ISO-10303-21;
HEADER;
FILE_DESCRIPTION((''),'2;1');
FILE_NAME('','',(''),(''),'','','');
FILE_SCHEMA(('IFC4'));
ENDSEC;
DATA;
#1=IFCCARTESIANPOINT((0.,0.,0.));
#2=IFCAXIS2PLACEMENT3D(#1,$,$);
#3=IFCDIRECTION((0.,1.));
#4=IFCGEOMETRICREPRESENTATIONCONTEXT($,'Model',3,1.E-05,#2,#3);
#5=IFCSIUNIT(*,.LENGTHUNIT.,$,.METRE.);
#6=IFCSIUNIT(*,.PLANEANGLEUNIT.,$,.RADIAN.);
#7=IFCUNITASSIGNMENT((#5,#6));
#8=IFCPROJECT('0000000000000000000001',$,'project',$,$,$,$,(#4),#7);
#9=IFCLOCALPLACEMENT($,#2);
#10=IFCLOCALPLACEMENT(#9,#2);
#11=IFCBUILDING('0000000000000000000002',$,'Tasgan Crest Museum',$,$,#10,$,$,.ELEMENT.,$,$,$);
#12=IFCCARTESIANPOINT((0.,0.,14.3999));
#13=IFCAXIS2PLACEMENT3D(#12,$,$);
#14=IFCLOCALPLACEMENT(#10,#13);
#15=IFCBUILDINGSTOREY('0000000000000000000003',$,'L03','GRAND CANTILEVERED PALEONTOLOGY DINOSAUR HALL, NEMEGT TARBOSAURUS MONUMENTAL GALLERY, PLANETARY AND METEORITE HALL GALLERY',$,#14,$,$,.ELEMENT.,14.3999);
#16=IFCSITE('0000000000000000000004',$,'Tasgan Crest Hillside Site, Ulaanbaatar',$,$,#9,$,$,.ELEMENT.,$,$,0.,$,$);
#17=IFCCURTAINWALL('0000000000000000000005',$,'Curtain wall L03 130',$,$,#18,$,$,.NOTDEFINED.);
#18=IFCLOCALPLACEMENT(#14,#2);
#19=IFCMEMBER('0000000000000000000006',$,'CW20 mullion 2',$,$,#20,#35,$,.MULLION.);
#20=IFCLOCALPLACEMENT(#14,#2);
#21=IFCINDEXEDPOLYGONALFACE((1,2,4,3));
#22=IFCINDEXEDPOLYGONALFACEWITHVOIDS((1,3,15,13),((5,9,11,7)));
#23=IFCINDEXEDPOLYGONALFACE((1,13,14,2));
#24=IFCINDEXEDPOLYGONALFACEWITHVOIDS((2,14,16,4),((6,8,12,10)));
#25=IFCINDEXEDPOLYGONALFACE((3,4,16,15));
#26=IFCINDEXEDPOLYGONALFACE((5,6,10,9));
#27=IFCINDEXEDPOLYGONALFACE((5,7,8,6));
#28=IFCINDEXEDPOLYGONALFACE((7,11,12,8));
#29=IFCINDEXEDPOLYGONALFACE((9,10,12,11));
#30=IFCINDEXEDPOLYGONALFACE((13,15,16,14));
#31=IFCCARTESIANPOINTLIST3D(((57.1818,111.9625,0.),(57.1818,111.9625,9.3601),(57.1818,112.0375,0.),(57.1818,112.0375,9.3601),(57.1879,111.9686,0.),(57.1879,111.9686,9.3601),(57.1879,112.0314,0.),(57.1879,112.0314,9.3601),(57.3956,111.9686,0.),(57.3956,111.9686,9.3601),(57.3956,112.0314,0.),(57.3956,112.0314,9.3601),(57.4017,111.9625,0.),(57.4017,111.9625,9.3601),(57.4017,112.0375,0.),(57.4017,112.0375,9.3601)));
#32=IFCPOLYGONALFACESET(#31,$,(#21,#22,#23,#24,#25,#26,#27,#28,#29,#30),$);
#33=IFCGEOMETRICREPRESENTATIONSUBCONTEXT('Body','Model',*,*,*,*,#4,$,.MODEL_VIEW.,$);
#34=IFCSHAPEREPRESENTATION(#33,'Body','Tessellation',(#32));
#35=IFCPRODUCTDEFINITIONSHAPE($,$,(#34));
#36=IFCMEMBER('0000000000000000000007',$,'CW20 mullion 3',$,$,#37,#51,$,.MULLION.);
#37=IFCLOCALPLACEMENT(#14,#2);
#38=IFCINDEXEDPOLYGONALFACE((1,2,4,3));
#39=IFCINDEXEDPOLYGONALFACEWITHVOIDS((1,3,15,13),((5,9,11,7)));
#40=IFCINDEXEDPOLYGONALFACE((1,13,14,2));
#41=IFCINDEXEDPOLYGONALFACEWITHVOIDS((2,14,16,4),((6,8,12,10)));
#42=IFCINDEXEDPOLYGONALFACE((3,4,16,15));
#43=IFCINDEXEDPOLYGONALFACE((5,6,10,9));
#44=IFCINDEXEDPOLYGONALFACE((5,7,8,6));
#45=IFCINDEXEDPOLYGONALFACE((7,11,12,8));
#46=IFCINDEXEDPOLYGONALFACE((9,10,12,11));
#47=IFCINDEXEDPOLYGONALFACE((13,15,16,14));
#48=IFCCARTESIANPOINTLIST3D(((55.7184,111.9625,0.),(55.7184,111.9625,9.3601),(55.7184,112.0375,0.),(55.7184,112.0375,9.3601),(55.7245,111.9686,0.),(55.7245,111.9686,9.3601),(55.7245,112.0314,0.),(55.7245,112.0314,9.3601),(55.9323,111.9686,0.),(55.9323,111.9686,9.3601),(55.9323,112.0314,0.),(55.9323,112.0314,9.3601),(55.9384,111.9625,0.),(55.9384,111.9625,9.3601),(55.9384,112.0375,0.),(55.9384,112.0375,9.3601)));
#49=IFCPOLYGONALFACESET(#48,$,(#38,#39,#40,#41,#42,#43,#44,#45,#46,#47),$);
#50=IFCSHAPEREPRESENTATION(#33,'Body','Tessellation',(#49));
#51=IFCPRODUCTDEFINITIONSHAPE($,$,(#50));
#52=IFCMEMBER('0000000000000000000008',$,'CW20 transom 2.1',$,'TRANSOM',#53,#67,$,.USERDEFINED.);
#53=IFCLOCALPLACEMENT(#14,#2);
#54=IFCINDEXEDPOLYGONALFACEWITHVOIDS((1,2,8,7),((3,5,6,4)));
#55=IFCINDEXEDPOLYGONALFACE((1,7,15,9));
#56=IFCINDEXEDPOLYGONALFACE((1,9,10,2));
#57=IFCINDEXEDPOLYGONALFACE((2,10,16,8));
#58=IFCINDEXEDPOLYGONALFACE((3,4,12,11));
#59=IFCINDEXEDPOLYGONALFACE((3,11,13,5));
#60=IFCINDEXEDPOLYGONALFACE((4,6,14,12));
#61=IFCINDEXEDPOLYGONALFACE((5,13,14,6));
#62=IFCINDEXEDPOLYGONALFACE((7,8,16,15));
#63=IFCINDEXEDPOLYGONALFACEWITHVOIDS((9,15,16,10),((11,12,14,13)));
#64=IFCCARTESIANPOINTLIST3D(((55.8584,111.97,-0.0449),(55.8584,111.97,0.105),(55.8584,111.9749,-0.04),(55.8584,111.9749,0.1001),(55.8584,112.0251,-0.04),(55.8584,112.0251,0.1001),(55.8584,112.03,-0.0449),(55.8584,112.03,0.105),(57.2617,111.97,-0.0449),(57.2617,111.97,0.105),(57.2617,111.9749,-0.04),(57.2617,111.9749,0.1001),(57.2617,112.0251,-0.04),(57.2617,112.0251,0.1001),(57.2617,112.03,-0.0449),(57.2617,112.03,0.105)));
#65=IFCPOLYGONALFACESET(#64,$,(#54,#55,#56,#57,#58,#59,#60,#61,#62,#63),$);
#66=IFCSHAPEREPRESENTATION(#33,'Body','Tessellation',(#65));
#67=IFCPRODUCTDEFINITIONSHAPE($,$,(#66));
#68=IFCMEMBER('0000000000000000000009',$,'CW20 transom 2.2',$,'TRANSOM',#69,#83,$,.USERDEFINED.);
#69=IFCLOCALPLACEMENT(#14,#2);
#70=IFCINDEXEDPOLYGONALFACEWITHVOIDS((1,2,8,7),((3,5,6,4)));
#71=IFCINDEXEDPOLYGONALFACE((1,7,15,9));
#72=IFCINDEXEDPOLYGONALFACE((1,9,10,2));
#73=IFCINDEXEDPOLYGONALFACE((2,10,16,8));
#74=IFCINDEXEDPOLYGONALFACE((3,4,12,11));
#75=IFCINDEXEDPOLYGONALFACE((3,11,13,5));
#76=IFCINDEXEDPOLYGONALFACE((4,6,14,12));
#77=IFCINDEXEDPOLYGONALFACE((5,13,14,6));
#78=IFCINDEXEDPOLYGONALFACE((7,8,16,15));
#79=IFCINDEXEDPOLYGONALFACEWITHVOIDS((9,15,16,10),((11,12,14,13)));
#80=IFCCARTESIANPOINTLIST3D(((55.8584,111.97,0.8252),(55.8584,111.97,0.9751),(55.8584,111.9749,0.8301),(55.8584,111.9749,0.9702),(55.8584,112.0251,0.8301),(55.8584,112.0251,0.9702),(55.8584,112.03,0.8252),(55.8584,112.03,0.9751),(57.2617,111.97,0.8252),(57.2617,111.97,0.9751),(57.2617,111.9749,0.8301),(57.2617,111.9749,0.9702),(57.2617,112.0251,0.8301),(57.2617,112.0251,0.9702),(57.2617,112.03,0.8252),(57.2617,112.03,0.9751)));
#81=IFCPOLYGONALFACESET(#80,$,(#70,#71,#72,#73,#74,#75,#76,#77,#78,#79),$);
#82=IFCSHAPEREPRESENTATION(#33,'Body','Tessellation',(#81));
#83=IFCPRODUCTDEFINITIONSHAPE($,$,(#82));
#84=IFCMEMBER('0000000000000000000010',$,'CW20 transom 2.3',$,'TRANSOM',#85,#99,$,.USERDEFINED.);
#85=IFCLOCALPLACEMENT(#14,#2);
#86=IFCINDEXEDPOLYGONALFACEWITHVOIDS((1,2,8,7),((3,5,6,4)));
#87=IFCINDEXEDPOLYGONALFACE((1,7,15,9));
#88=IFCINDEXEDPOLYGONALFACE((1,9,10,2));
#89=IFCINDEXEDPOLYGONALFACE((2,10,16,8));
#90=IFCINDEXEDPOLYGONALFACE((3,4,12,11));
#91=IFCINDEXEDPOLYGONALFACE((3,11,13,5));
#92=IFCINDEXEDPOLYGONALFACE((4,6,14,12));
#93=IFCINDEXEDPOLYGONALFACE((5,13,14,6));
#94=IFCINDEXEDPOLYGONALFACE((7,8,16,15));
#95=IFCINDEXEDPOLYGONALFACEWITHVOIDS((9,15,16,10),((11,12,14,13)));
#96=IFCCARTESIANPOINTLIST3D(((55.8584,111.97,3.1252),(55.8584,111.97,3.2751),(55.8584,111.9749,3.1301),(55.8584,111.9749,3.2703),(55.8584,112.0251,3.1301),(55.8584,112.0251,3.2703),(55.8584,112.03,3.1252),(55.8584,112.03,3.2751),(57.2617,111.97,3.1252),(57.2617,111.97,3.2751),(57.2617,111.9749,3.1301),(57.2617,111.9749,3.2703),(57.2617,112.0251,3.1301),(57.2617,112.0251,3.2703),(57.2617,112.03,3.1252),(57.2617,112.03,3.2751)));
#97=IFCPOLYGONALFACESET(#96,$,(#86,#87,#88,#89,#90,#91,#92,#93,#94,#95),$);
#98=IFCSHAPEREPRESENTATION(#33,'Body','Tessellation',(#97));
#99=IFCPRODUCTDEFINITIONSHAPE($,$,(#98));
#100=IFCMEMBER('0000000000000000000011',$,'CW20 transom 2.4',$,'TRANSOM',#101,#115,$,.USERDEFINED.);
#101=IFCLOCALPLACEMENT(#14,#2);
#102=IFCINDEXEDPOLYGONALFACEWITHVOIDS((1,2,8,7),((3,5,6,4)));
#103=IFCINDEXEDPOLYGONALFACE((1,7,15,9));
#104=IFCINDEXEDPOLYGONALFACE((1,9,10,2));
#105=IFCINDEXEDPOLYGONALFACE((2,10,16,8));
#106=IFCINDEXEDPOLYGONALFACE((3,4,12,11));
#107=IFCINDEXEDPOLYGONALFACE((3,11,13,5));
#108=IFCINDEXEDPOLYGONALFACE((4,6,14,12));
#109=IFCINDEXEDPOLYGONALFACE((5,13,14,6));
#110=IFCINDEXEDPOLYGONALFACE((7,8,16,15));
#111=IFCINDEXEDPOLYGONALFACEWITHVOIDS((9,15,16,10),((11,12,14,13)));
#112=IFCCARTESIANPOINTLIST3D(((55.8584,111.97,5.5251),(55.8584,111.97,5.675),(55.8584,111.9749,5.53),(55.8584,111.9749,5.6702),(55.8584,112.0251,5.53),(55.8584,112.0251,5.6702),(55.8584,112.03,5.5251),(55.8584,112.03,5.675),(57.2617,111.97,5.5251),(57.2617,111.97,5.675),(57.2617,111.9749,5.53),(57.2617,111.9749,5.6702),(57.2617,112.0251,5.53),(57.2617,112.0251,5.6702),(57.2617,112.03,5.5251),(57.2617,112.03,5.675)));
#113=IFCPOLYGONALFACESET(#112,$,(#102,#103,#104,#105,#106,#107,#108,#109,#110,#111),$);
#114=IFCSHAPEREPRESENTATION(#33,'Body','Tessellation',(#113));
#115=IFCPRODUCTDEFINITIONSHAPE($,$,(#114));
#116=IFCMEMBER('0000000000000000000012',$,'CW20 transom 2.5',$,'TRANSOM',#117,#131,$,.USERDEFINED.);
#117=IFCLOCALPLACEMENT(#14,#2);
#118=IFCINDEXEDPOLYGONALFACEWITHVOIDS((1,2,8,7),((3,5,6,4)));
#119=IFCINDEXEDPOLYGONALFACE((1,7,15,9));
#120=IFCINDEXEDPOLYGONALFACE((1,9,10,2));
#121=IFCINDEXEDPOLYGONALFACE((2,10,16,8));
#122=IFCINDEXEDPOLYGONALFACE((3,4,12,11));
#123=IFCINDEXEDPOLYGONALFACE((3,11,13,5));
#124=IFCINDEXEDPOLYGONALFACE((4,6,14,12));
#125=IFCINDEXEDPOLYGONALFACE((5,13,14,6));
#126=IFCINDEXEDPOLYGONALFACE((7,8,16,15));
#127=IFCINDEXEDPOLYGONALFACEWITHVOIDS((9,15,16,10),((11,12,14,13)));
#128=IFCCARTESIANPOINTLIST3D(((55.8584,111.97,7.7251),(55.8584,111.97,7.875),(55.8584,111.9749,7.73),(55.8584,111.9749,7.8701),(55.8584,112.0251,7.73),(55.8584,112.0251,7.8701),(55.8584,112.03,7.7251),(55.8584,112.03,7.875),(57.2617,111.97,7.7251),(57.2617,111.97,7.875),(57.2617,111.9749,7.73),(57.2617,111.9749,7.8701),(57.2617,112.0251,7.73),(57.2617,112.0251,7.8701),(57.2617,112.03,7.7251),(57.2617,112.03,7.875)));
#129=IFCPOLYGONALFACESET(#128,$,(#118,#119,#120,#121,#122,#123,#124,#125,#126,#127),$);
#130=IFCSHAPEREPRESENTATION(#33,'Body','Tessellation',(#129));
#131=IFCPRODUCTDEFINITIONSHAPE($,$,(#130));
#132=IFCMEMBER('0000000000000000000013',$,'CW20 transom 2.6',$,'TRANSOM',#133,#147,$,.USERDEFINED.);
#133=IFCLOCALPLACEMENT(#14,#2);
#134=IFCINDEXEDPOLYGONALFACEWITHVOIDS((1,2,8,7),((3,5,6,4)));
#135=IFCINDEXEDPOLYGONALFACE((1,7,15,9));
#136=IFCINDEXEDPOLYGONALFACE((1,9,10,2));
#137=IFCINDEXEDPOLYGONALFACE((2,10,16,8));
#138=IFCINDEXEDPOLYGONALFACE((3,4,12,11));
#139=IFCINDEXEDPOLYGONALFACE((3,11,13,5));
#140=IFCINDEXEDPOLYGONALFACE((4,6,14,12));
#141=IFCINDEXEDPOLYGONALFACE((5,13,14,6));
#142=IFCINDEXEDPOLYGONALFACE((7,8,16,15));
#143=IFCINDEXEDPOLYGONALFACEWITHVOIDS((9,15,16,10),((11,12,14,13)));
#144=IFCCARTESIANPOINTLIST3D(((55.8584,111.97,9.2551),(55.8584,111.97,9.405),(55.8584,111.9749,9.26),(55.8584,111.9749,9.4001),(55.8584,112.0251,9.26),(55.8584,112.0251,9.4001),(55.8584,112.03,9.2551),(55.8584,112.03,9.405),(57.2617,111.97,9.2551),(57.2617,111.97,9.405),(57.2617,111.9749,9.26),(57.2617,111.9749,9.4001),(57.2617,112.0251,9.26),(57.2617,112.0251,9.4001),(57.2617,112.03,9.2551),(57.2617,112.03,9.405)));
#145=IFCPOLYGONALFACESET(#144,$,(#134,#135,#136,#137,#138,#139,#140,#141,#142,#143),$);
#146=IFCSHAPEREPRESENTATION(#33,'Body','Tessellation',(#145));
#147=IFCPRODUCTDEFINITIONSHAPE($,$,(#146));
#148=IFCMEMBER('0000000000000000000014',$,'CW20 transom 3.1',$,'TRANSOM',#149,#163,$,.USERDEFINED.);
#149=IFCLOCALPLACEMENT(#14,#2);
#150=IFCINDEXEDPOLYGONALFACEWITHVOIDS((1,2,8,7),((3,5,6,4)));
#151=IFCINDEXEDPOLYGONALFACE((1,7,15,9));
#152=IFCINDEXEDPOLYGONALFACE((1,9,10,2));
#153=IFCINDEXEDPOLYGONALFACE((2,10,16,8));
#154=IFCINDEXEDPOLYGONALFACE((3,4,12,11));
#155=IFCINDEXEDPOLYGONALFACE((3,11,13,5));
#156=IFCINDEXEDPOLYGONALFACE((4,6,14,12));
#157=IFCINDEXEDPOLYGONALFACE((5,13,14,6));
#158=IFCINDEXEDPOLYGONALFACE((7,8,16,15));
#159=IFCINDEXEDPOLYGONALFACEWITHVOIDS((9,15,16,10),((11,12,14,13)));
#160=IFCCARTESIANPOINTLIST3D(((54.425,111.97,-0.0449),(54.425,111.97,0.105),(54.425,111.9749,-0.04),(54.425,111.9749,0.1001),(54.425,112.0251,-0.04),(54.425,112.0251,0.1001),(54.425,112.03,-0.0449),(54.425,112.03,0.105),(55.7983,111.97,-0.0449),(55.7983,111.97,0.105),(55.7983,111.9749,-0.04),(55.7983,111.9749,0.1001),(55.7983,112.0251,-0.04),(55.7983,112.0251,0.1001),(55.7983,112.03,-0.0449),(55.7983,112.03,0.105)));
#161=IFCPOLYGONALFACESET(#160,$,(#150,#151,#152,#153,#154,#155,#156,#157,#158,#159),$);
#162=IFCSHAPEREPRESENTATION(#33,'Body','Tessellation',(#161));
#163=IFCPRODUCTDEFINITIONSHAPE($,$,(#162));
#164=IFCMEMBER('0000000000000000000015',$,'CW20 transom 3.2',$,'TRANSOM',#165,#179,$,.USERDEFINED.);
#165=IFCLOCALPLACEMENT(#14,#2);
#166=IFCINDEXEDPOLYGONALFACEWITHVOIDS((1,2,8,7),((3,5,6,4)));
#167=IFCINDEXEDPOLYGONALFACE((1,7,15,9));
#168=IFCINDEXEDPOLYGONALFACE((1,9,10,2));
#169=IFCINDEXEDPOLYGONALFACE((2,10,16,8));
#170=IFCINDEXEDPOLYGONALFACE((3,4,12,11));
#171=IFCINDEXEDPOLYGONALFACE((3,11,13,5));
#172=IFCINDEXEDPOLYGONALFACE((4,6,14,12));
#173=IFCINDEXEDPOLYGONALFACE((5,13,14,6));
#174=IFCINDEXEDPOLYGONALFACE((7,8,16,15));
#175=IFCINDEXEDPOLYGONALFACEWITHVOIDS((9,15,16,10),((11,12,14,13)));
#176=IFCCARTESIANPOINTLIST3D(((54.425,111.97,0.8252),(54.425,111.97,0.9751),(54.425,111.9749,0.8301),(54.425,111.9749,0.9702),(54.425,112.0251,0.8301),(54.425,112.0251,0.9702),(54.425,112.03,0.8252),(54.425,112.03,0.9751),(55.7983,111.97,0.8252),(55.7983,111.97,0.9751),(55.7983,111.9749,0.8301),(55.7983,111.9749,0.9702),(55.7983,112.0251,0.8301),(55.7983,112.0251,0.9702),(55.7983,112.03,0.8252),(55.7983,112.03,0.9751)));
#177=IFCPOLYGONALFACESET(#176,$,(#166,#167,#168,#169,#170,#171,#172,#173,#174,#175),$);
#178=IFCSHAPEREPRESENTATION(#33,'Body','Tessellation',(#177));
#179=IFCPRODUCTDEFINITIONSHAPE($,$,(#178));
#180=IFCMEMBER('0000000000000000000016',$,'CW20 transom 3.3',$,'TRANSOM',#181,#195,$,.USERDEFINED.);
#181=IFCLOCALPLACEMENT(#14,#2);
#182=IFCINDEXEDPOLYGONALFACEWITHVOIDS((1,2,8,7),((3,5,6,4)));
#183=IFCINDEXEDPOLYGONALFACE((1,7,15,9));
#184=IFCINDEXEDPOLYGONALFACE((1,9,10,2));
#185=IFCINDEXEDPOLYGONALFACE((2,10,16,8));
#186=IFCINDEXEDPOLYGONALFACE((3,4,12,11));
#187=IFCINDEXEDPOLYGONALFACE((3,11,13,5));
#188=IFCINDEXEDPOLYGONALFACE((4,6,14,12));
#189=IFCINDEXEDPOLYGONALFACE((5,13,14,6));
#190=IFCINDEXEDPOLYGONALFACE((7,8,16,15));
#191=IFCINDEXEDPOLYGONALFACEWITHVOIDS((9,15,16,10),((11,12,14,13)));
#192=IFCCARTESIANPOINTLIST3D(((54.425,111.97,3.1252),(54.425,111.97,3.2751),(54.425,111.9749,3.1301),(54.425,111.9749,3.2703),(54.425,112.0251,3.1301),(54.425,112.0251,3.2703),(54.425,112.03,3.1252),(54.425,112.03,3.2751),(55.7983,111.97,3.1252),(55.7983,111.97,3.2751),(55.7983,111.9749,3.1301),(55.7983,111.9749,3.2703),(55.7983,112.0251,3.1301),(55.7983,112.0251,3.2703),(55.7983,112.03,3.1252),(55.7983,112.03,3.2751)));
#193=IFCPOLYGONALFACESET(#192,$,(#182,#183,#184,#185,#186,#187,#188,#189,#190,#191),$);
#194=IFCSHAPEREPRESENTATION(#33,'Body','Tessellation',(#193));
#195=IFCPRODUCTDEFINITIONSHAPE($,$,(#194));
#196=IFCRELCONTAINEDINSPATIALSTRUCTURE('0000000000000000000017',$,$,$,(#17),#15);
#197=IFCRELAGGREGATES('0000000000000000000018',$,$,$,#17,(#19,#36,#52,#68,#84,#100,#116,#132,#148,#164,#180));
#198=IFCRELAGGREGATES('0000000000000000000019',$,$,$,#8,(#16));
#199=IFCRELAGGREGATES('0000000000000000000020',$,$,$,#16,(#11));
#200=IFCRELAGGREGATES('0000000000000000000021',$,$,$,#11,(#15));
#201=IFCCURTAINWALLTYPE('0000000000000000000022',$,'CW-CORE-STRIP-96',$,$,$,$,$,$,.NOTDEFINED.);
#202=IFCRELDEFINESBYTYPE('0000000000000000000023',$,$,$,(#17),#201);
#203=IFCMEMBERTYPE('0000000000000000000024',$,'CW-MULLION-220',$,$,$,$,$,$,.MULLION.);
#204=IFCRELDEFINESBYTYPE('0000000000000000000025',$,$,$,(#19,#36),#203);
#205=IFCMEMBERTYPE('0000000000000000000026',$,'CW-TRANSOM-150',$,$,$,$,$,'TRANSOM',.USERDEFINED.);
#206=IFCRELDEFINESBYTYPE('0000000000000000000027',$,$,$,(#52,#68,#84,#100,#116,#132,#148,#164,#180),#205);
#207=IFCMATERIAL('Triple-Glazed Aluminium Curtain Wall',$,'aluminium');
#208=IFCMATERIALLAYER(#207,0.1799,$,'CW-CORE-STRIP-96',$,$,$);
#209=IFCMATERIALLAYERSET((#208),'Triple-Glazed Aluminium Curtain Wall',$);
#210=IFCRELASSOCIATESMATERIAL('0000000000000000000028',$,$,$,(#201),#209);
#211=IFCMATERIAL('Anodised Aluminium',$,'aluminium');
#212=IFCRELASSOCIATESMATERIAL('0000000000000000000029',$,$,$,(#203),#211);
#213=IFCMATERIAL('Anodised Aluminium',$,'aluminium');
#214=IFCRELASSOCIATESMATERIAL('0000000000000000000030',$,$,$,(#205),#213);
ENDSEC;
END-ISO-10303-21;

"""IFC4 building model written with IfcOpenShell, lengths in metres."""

from ifc_helpers import new_model, si_unit, direction, frame, origin, origin_2d, place, context, subcontext, project, spatial, hollow_rectangle, extrude, material, layer, layer_set, material_profile, profile_set, type_object, element, aggregate, save


model = new_model("IFC4")

# Units and contexts
model_context = context("Model", 3, precision=1e-05, world=origin(), true_north=direction((0.0, 1.0)))
body_context = subcontext(model_context, "Body", "Model", "MODEL_VIEW")
ifc_project = project(units=[si_unit("LENGTHUNIT", "METRE"), si_unit("PLANEANGLEUNIT", "RADIAN")], contexts=[model_context])

# Site, building, storey
site_placement = place(None, origin())
site = spatial("IfcSite", under=ifc_project, at=site_placement, Name="Tasgan Crest Hillside Site, Ulaanbaatar", CompositionType="ELEMENT", RefElevation=0.0)
building_placement = place(site_placement, origin())
building = spatial("IfcBuilding", under=site, at=building_placement, Name="Tasgan Crest Museum", CompositionType="ELEMENT")
storey_placement = place(building_placement, frame((0.0, 0.0, 14.3999)))
storey = spatial("IfcBuildingStorey", under=building, at=storey_placement, Name="L03", Description="GRAND CANTILEVERED PALEONTOLOGY DINOSAUR HALL, NEMEGT TARBOSAURUS MONUMENTAL GALLERY, PLANETARY AND METEORITE HALL GALLERY", CompositionType="ELEMENT", Elevation=14.3999)

# Curtain wall, members
ifc_material_1 = material(Name="Triple-Glazed Aluminium Curtain Wall", Category="aluminium")
ifc_layer_1 = layer(ifc_material_1, 0.1799, Name="CW-CORE-STRIP-96")
ifc_layer_set_1 = layer_set([ifc_layer_1], Name="Triple-Glazed Aluminium Curtain Wall")
curtain_wall_type = type_object("IfcCurtainWallType", Name="CW-CORE-STRIP-96", PredefinedType="NOTDEFINED", material=ifc_layer_set_1)
curtain_wall_placement = place(storey_placement, origin())
curtain_wall = element("IfcCurtainWall", 1, at=curtain_wall_placement, inside=storey, type_object=curtain_wall_type, Name="Curtain wall L03 130", PredefinedType="NOTDEFINED")
ifc_material_2 = material(Name="Anodised Aluminium", Category="aluminium")
ifc_material_profile_1 = material_profile(ifc_material_2, hollow_rectangle(XDim=0.075, YDim=0.22, WallThickness=0.0061, at=origin_2d()), Name="ALU MULLION 220x75x6")
ifc_profile_set_1 = profile_set([ifc_material_profile_1], Name="Anodised Aluminium")
member_type_1 = type_object("IfcMemberType", Name="CW-MULLION-220", PredefinedType="MULLION", material=ifc_profile_set_1)
member_1_placement = place(storey_placement, frame((57.2917, 112.0, 0.0), z_axis=(0.0, 0.0, 1.0), x_axis=(0.0, -1.0, 0.0)))
member_1 = element("IfcMember", 2, at=member_1_placement, type_object=member_type_1, Name="CW20 mullion 2", PredefinedType="MULLION", context=body_context, shape_type="SweptSolid", body=[
    extrude(hollow_rectangle(XDim=0.075, YDim=0.22, WallThickness=0.0061, at=origin_2d()), origin(), (0.0, 0.0, 1.0), 9.3601),
])
member_2_placement = place(storey_placement, frame((55.8284, 112.0, 0.0), z_axis=(0.0, 0.0, 1.0), x_axis=(0.0, -1.0, 0.0)))
member_2 = element("IfcMember", 3, at=member_2_placement, type_object=member_type_1, Name="CW20 mullion 3", PredefinedType="MULLION", context=body_context, shape_type="SweptSolid", body=[
    extrude(hollow_rectangle(XDim=0.075, YDim=0.22, WallThickness=0.0061, at=origin_2d()), origin(), (0.0, 0.0, 1.0), 9.3601),
])
ifc_material_3 = material(Name="Anodised Aluminium", Category="aluminium")
ifc_material_profile_2 = material_profile(ifc_material_3, hollow_rectangle(XDim=0.0601, YDim=0.1499, WallThickness=0.0049, at=origin_2d()), Name="ALU TRANSOM 150x60x5")
ifc_profile_set_2 = profile_set([ifc_material_profile_2], Name="Anodised Aluminium")
member_type_2 = type_object("IfcMemberType", Name="CW-TRANSOM-150", ElementType="TRANSOM", PredefinedType="USERDEFINED", material=ifc_profile_set_2)
member_3_placement = place(storey_placement, frame((57.2617, 112.0, 0.03), z_axis=(-1.0, 0.0, 0.0), x_axis=(0.0, -1.0, 0.0)))
member_3 = element("IfcMember", 4, at=member_3_placement, type_object=member_type_2, Name="CW20 transom 2.1", ObjectType="TRANSOM", PredefinedType="USERDEFINED", context=body_context, shape_type="SweptSolid", body=[
    extrude(hollow_rectangle(XDim=0.0601, YDim=0.1499, WallThickness=0.0049, at=origin_2d()), origin(), (0.0, 0.0, 1.0), 1.4033),
])
member_4_placement = place(storey_placement, frame((57.2617, 112.0, 0.9001), z_axis=(-1.0, 0.0, 0.0), x_axis=(0.0, -1.0, 0.0)))
member_4 = element("IfcMember", 5, at=member_4_placement, type_object=member_type_2, Name="CW20 transom 2.2", ObjectType="TRANSOM", PredefinedType="USERDEFINED", context=body_context, shape_type="SweptSolid", body=[
    extrude(hollow_rectangle(XDim=0.0601, YDim=0.1499, WallThickness=0.0049, at=origin_2d()), origin(), (0.0, 0.0, 1.0), 1.4033),
])
member_5_placement = place(storey_placement, frame((57.2617, 112.0, 3.2002), z_axis=(-1.0, 0.0, 0.0), x_axis=(0.0, -1.0, 0.0)))
member_5 = element("IfcMember", 6, at=member_5_placement, type_object=member_type_2, Name="CW20 transom 2.3", ObjectType="TRANSOM", PredefinedType="USERDEFINED", context=body_context, shape_type="SweptSolid", body=[
    extrude(hollow_rectangle(XDim=0.0601, YDim=0.1499, WallThickness=0.0049, at=origin_2d()), origin(), (0.0, 0.0, 1.0), 1.4033),
])
member_6_placement = place(storey_placement, frame((57.2617, 112.0, 5.6001), z_axis=(-1.0, 0.0, 0.0), x_axis=(0.0, -1.0, 0.0)))
member_6 = element("IfcMember", 7, at=member_6_placement, type_object=member_type_2, Name="CW20 transom 2.4", ObjectType="TRANSOM", PredefinedType="USERDEFINED", context=body_context, shape_type="SweptSolid", body=[
    extrude(hollow_rectangle(XDim=0.0601, YDim=0.1499, WallThickness=0.0049, at=origin_2d()), origin(), (0.0, 0.0, 1.0), 1.4033),
])
member_7_placement = place(storey_placement, frame((57.2617, 112.0, 7.8), z_axis=(-1.0, 0.0, 0.0), x_axis=(0.0, -1.0, 0.0)))
member_7 = element("IfcMember", 8, at=member_7_placement, type_object=member_type_2, Name="CW20 transom 2.5", ObjectType="TRANSOM", PredefinedType="USERDEFINED", context=body_context, shape_type="SweptSolid", body=[
    extrude(hollow_rectangle(XDim=0.0601, YDim=0.1499, WallThickness=0.0049, at=origin_2d()), origin(), (0.0, 0.0, 1.0), 1.4033),
])
member_8_placement = place(storey_placement, frame((57.2617, 112.0, 9.3301), z_axis=(-1.0, 0.0, 0.0), x_axis=(0.0, -1.0, 0.0)))
member_8 = element("IfcMember", 9, at=member_8_placement, type_object=member_type_2, Name="CW20 transom 2.6", ObjectType="TRANSOM", PredefinedType="USERDEFINED", context=body_context, shape_type="SweptSolid", body=[
    extrude(hollow_rectangle(XDim=0.0601, YDim=0.1499, WallThickness=0.0049, at=origin_2d()), origin(), (0.0, 0.0, 1.0), 1.4033),
])
member_9_placement = place(storey_placement, frame((55.7983, 112.0, 0.03), z_axis=(-1.0, 0.0, 0.0), x_axis=(0.0, -1.0, 0.0)))
member_9 = element("IfcMember", 10, at=member_9_placement, type_object=member_type_2, Name="CW20 transom 3.1", ObjectType="TRANSOM", PredefinedType="USERDEFINED", context=body_context, shape_type="SweptSolid", body=[
    extrude(hollow_rectangle(XDim=0.0601, YDim=0.1499, WallThickness=0.0049, at=origin_2d()), origin(), (0.0, 0.0, 1.0), 1.3733),
])
member_10_placement = place(storey_placement, frame((55.7983, 112.0, 0.9001), z_axis=(-1.0, 0.0, 0.0), x_axis=(0.0, -1.0, 0.0)))
member_10 = element("IfcMember", 11, at=member_10_placement, type_object=member_type_2, Name="CW20 transom 3.2", ObjectType="TRANSOM", PredefinedType="USERDEFINED", context=body_context, shape_type="SweptSolid", body=[
    extrude(hollow_rectangle(XDim=0.0601, YDim=0.1499, WallThickness=0.0049, at=origin_2d()), origin(), (0.0, 0.0, 1.0), 1.3733),
])
member_11_placement = place(storey_placement, frame((55.7983, 112.0, 3.2002), z_axis=(-1.0, 0.0, 0.0), x_axis=(0.0, -1.0, 0.0)))
member_11 = element("IfcMember", 12, at=member_11_placement, type_object=member_type_2, Name="CW20 transom 3.3", ObjectType="TRANSOM", PredefinedType="USERDEFINED", context=body_context, shape_type="SweptSolid", body=[
    extrude(hollow_rectangle(XDim=0.0601, YDim=0.1499, WallThickness=0.0049, at=origin_2d()), origin(), (0.0, 0.0, 1.0), 1.3733),
])
aggregate(curtain_wall, [member_1, member_2, member_3, member_4, member_5, member_6, member_7, member_8, member_9, member_10, member_11])

save(model, "model.ifc")
